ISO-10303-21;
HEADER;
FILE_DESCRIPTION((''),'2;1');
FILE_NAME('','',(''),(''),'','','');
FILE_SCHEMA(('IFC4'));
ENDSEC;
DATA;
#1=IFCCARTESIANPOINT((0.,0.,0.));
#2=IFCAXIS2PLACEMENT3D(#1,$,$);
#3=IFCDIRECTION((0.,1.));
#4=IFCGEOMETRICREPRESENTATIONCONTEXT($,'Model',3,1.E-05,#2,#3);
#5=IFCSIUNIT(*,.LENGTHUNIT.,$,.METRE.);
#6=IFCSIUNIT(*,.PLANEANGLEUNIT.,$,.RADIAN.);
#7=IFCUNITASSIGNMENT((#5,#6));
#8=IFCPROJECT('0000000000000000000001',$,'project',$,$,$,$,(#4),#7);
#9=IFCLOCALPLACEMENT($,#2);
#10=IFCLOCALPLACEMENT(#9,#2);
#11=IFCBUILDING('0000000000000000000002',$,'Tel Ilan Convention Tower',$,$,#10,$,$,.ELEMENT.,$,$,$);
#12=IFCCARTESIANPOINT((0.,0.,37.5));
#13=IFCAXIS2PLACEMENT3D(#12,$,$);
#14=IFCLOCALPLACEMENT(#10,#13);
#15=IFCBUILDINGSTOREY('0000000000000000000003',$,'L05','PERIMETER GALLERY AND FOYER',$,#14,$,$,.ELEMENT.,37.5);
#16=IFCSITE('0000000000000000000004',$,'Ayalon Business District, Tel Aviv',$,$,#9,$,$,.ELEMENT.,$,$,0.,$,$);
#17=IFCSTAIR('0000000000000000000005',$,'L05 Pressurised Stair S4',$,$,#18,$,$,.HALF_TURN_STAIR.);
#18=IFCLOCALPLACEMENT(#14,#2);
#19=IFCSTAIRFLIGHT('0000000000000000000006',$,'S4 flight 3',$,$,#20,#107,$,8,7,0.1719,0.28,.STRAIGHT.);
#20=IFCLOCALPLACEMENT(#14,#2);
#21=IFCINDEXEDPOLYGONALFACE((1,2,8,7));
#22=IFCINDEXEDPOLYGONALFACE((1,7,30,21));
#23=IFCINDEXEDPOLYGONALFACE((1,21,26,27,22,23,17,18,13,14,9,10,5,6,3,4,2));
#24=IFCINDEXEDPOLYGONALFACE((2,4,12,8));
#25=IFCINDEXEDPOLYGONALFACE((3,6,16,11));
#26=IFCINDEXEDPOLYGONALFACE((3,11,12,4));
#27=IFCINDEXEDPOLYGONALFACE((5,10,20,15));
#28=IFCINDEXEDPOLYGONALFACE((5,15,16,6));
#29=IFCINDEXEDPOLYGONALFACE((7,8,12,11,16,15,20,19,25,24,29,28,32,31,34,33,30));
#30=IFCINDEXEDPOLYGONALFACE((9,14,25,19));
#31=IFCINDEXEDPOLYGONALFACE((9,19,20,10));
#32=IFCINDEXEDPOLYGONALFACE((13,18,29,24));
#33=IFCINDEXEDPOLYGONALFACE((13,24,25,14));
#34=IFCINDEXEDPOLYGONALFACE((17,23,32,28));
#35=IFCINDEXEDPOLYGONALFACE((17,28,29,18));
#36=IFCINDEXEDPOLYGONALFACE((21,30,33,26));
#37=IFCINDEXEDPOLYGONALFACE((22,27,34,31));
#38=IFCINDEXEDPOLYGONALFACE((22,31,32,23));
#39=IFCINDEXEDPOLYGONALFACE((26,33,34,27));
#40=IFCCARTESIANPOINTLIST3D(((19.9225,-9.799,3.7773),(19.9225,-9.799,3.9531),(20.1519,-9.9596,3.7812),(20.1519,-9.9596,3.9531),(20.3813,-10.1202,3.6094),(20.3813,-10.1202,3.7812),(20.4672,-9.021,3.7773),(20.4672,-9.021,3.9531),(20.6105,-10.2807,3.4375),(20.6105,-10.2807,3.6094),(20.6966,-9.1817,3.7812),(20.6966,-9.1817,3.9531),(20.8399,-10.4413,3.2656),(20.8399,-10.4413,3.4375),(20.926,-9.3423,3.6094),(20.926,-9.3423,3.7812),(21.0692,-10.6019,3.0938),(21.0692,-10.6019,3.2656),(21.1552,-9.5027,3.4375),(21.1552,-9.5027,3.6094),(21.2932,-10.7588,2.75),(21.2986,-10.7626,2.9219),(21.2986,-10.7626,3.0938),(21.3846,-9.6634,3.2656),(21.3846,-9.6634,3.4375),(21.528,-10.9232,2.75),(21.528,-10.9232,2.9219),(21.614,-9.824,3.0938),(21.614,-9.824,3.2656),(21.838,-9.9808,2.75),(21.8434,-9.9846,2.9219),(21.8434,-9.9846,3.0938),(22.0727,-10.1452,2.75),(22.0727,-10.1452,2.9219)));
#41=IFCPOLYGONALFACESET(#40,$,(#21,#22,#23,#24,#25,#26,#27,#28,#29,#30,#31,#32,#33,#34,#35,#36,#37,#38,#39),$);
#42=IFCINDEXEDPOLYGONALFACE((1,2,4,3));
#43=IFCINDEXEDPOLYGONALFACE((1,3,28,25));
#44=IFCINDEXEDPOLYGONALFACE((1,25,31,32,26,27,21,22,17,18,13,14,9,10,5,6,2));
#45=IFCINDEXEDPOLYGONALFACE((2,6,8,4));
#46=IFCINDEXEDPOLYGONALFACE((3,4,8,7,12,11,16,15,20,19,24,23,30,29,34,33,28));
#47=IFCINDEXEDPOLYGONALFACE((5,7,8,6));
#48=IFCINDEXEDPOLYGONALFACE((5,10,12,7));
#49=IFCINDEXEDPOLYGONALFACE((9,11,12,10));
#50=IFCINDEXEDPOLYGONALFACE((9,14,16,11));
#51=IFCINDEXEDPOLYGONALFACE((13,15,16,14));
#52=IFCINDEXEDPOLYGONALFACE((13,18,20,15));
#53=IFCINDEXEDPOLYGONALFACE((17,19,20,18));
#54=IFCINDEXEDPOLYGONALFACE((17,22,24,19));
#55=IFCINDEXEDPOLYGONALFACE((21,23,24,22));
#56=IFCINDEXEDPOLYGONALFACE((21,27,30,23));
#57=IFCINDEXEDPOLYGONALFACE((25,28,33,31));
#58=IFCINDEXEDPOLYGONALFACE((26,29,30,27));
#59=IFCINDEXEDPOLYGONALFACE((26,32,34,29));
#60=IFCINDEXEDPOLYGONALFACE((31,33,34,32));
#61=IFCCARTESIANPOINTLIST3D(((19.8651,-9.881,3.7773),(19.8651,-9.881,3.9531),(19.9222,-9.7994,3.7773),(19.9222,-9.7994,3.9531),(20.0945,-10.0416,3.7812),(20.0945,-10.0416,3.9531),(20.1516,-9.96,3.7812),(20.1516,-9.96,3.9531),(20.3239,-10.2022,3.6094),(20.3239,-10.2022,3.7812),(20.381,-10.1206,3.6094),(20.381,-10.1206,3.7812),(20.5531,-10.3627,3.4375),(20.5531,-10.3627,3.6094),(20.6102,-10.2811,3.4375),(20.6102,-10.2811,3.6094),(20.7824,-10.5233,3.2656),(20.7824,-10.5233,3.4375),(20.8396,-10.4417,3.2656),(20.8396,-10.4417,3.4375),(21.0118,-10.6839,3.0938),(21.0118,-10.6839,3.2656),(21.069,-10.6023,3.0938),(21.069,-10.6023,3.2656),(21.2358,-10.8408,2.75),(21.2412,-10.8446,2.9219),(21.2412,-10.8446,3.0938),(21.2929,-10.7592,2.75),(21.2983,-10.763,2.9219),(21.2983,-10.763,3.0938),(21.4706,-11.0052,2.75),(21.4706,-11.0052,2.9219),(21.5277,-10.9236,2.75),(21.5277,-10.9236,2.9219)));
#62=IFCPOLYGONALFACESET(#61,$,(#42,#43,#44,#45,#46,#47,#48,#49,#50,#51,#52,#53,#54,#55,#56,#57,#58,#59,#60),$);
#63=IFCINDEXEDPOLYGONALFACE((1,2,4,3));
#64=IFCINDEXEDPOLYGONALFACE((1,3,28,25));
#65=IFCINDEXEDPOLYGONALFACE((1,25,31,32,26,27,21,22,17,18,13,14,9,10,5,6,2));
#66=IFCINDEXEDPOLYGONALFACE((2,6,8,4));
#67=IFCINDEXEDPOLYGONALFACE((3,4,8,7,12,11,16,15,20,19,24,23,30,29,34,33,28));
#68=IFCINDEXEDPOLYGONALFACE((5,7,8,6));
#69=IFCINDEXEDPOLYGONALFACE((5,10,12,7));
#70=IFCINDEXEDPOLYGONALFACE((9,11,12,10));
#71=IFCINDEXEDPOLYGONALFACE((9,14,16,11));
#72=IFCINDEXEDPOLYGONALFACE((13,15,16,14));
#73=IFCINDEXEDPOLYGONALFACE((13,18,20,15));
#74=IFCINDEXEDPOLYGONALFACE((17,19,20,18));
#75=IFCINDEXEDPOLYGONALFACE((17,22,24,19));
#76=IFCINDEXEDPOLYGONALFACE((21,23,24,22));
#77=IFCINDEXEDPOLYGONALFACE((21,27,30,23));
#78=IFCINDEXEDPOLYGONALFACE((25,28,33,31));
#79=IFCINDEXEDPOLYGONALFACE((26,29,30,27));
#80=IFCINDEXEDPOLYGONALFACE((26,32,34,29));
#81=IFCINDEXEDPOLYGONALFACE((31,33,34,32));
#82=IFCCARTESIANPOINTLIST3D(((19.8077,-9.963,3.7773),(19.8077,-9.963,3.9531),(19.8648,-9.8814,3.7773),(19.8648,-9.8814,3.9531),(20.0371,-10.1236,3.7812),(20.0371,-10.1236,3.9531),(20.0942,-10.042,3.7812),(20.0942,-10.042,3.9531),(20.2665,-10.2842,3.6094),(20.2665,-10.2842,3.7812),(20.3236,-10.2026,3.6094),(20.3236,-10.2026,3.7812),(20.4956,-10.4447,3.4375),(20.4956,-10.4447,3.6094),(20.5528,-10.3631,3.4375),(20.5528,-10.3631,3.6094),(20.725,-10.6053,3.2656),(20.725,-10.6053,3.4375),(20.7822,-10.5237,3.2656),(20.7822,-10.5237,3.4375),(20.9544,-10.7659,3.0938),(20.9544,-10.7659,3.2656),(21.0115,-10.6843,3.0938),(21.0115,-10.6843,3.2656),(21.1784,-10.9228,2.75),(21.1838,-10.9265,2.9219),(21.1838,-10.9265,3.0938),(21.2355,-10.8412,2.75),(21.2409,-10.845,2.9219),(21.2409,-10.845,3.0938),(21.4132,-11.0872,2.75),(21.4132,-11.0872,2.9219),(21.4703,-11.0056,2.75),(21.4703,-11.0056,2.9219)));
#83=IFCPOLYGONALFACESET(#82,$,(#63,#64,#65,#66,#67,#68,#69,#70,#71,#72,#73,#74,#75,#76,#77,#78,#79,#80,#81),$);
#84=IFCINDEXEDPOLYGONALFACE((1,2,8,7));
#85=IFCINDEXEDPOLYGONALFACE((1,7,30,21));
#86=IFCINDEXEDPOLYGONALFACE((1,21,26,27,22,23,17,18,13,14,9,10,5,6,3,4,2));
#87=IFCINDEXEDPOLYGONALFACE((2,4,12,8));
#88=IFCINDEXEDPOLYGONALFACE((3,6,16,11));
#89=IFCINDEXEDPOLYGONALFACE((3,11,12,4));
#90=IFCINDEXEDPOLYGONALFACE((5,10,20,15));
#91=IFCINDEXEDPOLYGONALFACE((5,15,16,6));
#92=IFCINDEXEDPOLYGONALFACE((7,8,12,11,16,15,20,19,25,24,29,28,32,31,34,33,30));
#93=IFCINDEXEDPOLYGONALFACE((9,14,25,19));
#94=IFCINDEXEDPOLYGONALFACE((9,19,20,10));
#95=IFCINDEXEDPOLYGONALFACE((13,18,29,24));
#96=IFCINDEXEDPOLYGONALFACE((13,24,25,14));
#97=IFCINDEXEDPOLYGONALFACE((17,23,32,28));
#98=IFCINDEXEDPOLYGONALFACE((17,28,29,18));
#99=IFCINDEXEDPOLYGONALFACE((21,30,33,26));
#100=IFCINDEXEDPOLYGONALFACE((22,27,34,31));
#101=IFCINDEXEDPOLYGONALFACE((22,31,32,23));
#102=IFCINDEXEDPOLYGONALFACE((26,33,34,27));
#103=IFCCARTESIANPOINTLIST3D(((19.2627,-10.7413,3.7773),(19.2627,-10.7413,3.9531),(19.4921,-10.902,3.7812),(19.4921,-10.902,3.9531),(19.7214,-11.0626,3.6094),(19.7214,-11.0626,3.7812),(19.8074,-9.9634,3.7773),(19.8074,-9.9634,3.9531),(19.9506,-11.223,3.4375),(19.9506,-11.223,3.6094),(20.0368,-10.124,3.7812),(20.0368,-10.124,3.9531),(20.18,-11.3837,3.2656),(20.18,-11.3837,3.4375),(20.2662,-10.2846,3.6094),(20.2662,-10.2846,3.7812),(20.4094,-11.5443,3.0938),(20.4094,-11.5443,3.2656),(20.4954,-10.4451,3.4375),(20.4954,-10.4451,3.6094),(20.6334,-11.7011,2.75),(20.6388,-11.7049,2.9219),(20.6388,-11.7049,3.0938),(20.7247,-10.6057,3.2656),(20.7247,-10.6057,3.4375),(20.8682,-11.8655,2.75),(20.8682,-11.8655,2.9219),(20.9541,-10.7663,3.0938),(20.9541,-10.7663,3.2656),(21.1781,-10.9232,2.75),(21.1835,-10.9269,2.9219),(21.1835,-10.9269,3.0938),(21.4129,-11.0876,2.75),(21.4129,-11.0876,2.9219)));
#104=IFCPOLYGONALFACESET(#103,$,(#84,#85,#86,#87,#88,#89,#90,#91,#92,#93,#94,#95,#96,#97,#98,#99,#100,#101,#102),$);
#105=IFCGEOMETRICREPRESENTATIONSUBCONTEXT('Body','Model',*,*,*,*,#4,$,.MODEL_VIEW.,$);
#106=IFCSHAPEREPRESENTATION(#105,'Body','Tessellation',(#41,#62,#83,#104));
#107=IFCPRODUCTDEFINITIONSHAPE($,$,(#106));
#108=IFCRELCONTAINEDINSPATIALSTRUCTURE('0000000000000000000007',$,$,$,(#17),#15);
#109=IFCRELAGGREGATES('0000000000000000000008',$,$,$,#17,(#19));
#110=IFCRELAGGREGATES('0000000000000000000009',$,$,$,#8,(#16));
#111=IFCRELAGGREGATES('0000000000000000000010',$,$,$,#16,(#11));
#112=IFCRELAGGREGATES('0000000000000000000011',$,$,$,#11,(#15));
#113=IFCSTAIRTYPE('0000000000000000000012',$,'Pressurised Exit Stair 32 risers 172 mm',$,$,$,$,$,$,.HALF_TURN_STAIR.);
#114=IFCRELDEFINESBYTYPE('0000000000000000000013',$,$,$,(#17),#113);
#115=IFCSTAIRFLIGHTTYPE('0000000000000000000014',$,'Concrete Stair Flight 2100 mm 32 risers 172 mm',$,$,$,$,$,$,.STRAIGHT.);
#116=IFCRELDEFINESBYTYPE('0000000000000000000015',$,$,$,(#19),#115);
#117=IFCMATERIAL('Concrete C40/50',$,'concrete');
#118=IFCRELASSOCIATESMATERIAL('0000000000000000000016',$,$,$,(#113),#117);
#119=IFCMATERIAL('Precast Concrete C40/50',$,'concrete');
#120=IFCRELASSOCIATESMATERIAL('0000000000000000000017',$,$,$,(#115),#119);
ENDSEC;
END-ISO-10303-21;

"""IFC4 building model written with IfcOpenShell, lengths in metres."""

from ifc_helpers import new_model, si_unit, direction, frame, origin, place, context, subcontext, project, spatial, polyline, outline, extrude, material, type_object, element, aggregate, save


model = new_model("IFC4")

# Units and contexts
model_context = context("Model", 3, precision=1e-05, world=origin(), true_north=direction((0.0, 1.0)))
body_context = subcontext(model_context, "Body", "Model", "MODEL_VIEW")
ifc_project = project(units=[si_unit("LENGTHUNIT", "METRE"), si_unit("PLANEANGLEUNIT", "RADIAN")], contexts=[model_context])

# Site, building, storey
site_placement = place(None, origin())
site = spatial("IfcSite", under=ifc_project, at=site_placement, Name="Ayalon Business District, Tel Aviv", CompositionType="ELEMENT", RefElevation=0.0)
building_placement = place(site_placement, origin())
building = spatial("IfcBuilding", under=site, at=building_placement, Name="Tel Ilan Convention Tower", CompositionType="ELEMENT")
storey_placement = place(building_placement, frame((0.0, 0.0, 37.5)))
storey = spatial("IfcBuildingStorey", under=building, at=storey_placement, Name="L05", Description="PERIMETER GALLERY AND FOYER", CompositionType="ELEMENT", Elevation=37.5)

# Stair, stair flight
ifc_material_1 = material(Name="Concrete C40/50", Category="concrete")
stair_type = type_object("IfcStairType", Name="Pressurised Exit Stair 32 risers 172 mm", PredefinedType="HALF_TURN_STAIR", material=ifc_material_1)
ifc_material_2 = material(Name="Precast Concrete C40/50", Category="concrete")
stair_flight_type = type_object("IfcStairFlightType", Name="Concrete Stair Flight 2100 mm 32 risers 172 mm", PredefinedType="STRAIGHT", material=ifc_material_2)
stair_1_placement = place(storey_placement, origin())
stair_1 = element("IfcStair", 1, at=stair_1_placement, inside=storey, type_object=stair_type, Name="L05 Pressurised Stair S4", PredefinedType="HALF_TURN_STAIR")
stair_flight_1_placement = place(storey_placement, frame((21.4705, -11.0054, 2.75), z_axis=(0.0, 0.0, 1.0), x_axis=(-0.819152, 0.573576, 0.0)))
stair_flight_1 = element("IfcStairFlight", 2, at=stair_flight_1_placement, type_object=stair_flight_type, Name="S4 flight 3", NumberOfRisers=8, NumberOfTreads=7, PredefinedType="STRAIGHT", RiserHeight=0.1719, TreadLength=0.28, context=body_context, shape_type="SweptSolid", body=[
    extrude(outline(polyline([(0.0, 0.0), (0.0, 0.1719), (0.28, 0.1719), (0.28, 0.3438), (0.5601, 0.3438), (0.5601, 0.5156), (0.8401, 0.5156), (0.8401, 0.6875), (1.1201, 0.6875), (1.1201, 0.8594), (1.3999, 0.8594), (1.3999, 1.0312), (1.6799, 1.0312), (1.6799, 1.2031), (1.96, 1.2031), (1.96, 1.375), (1.96, 1.0273), (0.2866, 0.0), (0.0, 0.0)])), frame((0.0, -0.1003, 0.0), z_axis=(0.0, -1.0, 0.0), x_axis=(1.0, 0.0, 0.0)), (0.0, 0.0, 1.0), 0.9497),
    extrude(outline(polyline([(0.0, 0.0), (0.0, 0.1719), (0.28, 0.1719), (0.28, 0.3438), (0.5601, 0.3438), (0.5601, 0.5156), (0.8401, 0.5156), (0.8401, 0.6875), (1.1201, 0.6875), (1.1201, 0.8594), (1.3999, 0.8594), (1.3999, 1.0312), (1.6799, 1.0312), (1.6799, 1.2031), (1.96, 1.2031), (1.96, 1.375), (1.96, 1.0273), (0.2866, 0.0), (0.0, 0.0)])), frame((0.0, -0.0002, 0.0), z_axis=(0.0, -1.0, 0.0), x_axis=(1.0, 0.0, 0.0)), (0.0, 0.0, 1.0), 0.0996),
    extrude(outline(polyline([(0.0, 0.0), (0.0, 0.1719), (0.28, 0.1719), (0.28, 0.3438), (0.5601, 0.3438), (0.5601, 0.5156), (0.8401, 0.5156), (0.8401, 0.6875), (1.1201, 0.6875), (1.1201, 0.8594), (1.3999, 0.8594), (1.3999, 1.0312), (1.6799, 1.0312), (1.6799, 1.2031), (1.96, 1.2031), (1.96, 1.375), (1.96, 1.0273), (0.2866, 0.0), (0.0, 0.0)])), frame((0.0, 0.0999, 0.0), z_axis=(0.0, -1.0, 0.0), x_axis=(1.0, 0.0, 0.0)), (0.0, 0.0, 1.0), 0.0996),
    extrude(outline(polyline([(0.0, 0.0), (0.0, 0.1719), (0.28, 0.1719), (0.28, 0.3438), (0.5601, 0.3438), (0.5601, 0.5156), (0.8401, 0.5156), (0.8401, 0.6875), (1.1201, 0.6875), (1.1201, 0.8594), (1.3999, 0.8594), (1.3999, 1.0312), (1.6799, 1.0312), (1.6799, 1.2031), (1.96, 1.2031), (1.96, 1.375), (1.96, 1.0273), (0.2866, 0.0), (0.0, 0.0)])), frame((0.0, 1.05, 0.0), z_axis=(0.0, -1.0, 0.0), x_axis=(1.0, 0.0, 0.0)), (0.0, 0.0, 1.0), 0.9497),
])
aggregate(stair_1, [stair_flight_1])

save(model, "model.ifc")
